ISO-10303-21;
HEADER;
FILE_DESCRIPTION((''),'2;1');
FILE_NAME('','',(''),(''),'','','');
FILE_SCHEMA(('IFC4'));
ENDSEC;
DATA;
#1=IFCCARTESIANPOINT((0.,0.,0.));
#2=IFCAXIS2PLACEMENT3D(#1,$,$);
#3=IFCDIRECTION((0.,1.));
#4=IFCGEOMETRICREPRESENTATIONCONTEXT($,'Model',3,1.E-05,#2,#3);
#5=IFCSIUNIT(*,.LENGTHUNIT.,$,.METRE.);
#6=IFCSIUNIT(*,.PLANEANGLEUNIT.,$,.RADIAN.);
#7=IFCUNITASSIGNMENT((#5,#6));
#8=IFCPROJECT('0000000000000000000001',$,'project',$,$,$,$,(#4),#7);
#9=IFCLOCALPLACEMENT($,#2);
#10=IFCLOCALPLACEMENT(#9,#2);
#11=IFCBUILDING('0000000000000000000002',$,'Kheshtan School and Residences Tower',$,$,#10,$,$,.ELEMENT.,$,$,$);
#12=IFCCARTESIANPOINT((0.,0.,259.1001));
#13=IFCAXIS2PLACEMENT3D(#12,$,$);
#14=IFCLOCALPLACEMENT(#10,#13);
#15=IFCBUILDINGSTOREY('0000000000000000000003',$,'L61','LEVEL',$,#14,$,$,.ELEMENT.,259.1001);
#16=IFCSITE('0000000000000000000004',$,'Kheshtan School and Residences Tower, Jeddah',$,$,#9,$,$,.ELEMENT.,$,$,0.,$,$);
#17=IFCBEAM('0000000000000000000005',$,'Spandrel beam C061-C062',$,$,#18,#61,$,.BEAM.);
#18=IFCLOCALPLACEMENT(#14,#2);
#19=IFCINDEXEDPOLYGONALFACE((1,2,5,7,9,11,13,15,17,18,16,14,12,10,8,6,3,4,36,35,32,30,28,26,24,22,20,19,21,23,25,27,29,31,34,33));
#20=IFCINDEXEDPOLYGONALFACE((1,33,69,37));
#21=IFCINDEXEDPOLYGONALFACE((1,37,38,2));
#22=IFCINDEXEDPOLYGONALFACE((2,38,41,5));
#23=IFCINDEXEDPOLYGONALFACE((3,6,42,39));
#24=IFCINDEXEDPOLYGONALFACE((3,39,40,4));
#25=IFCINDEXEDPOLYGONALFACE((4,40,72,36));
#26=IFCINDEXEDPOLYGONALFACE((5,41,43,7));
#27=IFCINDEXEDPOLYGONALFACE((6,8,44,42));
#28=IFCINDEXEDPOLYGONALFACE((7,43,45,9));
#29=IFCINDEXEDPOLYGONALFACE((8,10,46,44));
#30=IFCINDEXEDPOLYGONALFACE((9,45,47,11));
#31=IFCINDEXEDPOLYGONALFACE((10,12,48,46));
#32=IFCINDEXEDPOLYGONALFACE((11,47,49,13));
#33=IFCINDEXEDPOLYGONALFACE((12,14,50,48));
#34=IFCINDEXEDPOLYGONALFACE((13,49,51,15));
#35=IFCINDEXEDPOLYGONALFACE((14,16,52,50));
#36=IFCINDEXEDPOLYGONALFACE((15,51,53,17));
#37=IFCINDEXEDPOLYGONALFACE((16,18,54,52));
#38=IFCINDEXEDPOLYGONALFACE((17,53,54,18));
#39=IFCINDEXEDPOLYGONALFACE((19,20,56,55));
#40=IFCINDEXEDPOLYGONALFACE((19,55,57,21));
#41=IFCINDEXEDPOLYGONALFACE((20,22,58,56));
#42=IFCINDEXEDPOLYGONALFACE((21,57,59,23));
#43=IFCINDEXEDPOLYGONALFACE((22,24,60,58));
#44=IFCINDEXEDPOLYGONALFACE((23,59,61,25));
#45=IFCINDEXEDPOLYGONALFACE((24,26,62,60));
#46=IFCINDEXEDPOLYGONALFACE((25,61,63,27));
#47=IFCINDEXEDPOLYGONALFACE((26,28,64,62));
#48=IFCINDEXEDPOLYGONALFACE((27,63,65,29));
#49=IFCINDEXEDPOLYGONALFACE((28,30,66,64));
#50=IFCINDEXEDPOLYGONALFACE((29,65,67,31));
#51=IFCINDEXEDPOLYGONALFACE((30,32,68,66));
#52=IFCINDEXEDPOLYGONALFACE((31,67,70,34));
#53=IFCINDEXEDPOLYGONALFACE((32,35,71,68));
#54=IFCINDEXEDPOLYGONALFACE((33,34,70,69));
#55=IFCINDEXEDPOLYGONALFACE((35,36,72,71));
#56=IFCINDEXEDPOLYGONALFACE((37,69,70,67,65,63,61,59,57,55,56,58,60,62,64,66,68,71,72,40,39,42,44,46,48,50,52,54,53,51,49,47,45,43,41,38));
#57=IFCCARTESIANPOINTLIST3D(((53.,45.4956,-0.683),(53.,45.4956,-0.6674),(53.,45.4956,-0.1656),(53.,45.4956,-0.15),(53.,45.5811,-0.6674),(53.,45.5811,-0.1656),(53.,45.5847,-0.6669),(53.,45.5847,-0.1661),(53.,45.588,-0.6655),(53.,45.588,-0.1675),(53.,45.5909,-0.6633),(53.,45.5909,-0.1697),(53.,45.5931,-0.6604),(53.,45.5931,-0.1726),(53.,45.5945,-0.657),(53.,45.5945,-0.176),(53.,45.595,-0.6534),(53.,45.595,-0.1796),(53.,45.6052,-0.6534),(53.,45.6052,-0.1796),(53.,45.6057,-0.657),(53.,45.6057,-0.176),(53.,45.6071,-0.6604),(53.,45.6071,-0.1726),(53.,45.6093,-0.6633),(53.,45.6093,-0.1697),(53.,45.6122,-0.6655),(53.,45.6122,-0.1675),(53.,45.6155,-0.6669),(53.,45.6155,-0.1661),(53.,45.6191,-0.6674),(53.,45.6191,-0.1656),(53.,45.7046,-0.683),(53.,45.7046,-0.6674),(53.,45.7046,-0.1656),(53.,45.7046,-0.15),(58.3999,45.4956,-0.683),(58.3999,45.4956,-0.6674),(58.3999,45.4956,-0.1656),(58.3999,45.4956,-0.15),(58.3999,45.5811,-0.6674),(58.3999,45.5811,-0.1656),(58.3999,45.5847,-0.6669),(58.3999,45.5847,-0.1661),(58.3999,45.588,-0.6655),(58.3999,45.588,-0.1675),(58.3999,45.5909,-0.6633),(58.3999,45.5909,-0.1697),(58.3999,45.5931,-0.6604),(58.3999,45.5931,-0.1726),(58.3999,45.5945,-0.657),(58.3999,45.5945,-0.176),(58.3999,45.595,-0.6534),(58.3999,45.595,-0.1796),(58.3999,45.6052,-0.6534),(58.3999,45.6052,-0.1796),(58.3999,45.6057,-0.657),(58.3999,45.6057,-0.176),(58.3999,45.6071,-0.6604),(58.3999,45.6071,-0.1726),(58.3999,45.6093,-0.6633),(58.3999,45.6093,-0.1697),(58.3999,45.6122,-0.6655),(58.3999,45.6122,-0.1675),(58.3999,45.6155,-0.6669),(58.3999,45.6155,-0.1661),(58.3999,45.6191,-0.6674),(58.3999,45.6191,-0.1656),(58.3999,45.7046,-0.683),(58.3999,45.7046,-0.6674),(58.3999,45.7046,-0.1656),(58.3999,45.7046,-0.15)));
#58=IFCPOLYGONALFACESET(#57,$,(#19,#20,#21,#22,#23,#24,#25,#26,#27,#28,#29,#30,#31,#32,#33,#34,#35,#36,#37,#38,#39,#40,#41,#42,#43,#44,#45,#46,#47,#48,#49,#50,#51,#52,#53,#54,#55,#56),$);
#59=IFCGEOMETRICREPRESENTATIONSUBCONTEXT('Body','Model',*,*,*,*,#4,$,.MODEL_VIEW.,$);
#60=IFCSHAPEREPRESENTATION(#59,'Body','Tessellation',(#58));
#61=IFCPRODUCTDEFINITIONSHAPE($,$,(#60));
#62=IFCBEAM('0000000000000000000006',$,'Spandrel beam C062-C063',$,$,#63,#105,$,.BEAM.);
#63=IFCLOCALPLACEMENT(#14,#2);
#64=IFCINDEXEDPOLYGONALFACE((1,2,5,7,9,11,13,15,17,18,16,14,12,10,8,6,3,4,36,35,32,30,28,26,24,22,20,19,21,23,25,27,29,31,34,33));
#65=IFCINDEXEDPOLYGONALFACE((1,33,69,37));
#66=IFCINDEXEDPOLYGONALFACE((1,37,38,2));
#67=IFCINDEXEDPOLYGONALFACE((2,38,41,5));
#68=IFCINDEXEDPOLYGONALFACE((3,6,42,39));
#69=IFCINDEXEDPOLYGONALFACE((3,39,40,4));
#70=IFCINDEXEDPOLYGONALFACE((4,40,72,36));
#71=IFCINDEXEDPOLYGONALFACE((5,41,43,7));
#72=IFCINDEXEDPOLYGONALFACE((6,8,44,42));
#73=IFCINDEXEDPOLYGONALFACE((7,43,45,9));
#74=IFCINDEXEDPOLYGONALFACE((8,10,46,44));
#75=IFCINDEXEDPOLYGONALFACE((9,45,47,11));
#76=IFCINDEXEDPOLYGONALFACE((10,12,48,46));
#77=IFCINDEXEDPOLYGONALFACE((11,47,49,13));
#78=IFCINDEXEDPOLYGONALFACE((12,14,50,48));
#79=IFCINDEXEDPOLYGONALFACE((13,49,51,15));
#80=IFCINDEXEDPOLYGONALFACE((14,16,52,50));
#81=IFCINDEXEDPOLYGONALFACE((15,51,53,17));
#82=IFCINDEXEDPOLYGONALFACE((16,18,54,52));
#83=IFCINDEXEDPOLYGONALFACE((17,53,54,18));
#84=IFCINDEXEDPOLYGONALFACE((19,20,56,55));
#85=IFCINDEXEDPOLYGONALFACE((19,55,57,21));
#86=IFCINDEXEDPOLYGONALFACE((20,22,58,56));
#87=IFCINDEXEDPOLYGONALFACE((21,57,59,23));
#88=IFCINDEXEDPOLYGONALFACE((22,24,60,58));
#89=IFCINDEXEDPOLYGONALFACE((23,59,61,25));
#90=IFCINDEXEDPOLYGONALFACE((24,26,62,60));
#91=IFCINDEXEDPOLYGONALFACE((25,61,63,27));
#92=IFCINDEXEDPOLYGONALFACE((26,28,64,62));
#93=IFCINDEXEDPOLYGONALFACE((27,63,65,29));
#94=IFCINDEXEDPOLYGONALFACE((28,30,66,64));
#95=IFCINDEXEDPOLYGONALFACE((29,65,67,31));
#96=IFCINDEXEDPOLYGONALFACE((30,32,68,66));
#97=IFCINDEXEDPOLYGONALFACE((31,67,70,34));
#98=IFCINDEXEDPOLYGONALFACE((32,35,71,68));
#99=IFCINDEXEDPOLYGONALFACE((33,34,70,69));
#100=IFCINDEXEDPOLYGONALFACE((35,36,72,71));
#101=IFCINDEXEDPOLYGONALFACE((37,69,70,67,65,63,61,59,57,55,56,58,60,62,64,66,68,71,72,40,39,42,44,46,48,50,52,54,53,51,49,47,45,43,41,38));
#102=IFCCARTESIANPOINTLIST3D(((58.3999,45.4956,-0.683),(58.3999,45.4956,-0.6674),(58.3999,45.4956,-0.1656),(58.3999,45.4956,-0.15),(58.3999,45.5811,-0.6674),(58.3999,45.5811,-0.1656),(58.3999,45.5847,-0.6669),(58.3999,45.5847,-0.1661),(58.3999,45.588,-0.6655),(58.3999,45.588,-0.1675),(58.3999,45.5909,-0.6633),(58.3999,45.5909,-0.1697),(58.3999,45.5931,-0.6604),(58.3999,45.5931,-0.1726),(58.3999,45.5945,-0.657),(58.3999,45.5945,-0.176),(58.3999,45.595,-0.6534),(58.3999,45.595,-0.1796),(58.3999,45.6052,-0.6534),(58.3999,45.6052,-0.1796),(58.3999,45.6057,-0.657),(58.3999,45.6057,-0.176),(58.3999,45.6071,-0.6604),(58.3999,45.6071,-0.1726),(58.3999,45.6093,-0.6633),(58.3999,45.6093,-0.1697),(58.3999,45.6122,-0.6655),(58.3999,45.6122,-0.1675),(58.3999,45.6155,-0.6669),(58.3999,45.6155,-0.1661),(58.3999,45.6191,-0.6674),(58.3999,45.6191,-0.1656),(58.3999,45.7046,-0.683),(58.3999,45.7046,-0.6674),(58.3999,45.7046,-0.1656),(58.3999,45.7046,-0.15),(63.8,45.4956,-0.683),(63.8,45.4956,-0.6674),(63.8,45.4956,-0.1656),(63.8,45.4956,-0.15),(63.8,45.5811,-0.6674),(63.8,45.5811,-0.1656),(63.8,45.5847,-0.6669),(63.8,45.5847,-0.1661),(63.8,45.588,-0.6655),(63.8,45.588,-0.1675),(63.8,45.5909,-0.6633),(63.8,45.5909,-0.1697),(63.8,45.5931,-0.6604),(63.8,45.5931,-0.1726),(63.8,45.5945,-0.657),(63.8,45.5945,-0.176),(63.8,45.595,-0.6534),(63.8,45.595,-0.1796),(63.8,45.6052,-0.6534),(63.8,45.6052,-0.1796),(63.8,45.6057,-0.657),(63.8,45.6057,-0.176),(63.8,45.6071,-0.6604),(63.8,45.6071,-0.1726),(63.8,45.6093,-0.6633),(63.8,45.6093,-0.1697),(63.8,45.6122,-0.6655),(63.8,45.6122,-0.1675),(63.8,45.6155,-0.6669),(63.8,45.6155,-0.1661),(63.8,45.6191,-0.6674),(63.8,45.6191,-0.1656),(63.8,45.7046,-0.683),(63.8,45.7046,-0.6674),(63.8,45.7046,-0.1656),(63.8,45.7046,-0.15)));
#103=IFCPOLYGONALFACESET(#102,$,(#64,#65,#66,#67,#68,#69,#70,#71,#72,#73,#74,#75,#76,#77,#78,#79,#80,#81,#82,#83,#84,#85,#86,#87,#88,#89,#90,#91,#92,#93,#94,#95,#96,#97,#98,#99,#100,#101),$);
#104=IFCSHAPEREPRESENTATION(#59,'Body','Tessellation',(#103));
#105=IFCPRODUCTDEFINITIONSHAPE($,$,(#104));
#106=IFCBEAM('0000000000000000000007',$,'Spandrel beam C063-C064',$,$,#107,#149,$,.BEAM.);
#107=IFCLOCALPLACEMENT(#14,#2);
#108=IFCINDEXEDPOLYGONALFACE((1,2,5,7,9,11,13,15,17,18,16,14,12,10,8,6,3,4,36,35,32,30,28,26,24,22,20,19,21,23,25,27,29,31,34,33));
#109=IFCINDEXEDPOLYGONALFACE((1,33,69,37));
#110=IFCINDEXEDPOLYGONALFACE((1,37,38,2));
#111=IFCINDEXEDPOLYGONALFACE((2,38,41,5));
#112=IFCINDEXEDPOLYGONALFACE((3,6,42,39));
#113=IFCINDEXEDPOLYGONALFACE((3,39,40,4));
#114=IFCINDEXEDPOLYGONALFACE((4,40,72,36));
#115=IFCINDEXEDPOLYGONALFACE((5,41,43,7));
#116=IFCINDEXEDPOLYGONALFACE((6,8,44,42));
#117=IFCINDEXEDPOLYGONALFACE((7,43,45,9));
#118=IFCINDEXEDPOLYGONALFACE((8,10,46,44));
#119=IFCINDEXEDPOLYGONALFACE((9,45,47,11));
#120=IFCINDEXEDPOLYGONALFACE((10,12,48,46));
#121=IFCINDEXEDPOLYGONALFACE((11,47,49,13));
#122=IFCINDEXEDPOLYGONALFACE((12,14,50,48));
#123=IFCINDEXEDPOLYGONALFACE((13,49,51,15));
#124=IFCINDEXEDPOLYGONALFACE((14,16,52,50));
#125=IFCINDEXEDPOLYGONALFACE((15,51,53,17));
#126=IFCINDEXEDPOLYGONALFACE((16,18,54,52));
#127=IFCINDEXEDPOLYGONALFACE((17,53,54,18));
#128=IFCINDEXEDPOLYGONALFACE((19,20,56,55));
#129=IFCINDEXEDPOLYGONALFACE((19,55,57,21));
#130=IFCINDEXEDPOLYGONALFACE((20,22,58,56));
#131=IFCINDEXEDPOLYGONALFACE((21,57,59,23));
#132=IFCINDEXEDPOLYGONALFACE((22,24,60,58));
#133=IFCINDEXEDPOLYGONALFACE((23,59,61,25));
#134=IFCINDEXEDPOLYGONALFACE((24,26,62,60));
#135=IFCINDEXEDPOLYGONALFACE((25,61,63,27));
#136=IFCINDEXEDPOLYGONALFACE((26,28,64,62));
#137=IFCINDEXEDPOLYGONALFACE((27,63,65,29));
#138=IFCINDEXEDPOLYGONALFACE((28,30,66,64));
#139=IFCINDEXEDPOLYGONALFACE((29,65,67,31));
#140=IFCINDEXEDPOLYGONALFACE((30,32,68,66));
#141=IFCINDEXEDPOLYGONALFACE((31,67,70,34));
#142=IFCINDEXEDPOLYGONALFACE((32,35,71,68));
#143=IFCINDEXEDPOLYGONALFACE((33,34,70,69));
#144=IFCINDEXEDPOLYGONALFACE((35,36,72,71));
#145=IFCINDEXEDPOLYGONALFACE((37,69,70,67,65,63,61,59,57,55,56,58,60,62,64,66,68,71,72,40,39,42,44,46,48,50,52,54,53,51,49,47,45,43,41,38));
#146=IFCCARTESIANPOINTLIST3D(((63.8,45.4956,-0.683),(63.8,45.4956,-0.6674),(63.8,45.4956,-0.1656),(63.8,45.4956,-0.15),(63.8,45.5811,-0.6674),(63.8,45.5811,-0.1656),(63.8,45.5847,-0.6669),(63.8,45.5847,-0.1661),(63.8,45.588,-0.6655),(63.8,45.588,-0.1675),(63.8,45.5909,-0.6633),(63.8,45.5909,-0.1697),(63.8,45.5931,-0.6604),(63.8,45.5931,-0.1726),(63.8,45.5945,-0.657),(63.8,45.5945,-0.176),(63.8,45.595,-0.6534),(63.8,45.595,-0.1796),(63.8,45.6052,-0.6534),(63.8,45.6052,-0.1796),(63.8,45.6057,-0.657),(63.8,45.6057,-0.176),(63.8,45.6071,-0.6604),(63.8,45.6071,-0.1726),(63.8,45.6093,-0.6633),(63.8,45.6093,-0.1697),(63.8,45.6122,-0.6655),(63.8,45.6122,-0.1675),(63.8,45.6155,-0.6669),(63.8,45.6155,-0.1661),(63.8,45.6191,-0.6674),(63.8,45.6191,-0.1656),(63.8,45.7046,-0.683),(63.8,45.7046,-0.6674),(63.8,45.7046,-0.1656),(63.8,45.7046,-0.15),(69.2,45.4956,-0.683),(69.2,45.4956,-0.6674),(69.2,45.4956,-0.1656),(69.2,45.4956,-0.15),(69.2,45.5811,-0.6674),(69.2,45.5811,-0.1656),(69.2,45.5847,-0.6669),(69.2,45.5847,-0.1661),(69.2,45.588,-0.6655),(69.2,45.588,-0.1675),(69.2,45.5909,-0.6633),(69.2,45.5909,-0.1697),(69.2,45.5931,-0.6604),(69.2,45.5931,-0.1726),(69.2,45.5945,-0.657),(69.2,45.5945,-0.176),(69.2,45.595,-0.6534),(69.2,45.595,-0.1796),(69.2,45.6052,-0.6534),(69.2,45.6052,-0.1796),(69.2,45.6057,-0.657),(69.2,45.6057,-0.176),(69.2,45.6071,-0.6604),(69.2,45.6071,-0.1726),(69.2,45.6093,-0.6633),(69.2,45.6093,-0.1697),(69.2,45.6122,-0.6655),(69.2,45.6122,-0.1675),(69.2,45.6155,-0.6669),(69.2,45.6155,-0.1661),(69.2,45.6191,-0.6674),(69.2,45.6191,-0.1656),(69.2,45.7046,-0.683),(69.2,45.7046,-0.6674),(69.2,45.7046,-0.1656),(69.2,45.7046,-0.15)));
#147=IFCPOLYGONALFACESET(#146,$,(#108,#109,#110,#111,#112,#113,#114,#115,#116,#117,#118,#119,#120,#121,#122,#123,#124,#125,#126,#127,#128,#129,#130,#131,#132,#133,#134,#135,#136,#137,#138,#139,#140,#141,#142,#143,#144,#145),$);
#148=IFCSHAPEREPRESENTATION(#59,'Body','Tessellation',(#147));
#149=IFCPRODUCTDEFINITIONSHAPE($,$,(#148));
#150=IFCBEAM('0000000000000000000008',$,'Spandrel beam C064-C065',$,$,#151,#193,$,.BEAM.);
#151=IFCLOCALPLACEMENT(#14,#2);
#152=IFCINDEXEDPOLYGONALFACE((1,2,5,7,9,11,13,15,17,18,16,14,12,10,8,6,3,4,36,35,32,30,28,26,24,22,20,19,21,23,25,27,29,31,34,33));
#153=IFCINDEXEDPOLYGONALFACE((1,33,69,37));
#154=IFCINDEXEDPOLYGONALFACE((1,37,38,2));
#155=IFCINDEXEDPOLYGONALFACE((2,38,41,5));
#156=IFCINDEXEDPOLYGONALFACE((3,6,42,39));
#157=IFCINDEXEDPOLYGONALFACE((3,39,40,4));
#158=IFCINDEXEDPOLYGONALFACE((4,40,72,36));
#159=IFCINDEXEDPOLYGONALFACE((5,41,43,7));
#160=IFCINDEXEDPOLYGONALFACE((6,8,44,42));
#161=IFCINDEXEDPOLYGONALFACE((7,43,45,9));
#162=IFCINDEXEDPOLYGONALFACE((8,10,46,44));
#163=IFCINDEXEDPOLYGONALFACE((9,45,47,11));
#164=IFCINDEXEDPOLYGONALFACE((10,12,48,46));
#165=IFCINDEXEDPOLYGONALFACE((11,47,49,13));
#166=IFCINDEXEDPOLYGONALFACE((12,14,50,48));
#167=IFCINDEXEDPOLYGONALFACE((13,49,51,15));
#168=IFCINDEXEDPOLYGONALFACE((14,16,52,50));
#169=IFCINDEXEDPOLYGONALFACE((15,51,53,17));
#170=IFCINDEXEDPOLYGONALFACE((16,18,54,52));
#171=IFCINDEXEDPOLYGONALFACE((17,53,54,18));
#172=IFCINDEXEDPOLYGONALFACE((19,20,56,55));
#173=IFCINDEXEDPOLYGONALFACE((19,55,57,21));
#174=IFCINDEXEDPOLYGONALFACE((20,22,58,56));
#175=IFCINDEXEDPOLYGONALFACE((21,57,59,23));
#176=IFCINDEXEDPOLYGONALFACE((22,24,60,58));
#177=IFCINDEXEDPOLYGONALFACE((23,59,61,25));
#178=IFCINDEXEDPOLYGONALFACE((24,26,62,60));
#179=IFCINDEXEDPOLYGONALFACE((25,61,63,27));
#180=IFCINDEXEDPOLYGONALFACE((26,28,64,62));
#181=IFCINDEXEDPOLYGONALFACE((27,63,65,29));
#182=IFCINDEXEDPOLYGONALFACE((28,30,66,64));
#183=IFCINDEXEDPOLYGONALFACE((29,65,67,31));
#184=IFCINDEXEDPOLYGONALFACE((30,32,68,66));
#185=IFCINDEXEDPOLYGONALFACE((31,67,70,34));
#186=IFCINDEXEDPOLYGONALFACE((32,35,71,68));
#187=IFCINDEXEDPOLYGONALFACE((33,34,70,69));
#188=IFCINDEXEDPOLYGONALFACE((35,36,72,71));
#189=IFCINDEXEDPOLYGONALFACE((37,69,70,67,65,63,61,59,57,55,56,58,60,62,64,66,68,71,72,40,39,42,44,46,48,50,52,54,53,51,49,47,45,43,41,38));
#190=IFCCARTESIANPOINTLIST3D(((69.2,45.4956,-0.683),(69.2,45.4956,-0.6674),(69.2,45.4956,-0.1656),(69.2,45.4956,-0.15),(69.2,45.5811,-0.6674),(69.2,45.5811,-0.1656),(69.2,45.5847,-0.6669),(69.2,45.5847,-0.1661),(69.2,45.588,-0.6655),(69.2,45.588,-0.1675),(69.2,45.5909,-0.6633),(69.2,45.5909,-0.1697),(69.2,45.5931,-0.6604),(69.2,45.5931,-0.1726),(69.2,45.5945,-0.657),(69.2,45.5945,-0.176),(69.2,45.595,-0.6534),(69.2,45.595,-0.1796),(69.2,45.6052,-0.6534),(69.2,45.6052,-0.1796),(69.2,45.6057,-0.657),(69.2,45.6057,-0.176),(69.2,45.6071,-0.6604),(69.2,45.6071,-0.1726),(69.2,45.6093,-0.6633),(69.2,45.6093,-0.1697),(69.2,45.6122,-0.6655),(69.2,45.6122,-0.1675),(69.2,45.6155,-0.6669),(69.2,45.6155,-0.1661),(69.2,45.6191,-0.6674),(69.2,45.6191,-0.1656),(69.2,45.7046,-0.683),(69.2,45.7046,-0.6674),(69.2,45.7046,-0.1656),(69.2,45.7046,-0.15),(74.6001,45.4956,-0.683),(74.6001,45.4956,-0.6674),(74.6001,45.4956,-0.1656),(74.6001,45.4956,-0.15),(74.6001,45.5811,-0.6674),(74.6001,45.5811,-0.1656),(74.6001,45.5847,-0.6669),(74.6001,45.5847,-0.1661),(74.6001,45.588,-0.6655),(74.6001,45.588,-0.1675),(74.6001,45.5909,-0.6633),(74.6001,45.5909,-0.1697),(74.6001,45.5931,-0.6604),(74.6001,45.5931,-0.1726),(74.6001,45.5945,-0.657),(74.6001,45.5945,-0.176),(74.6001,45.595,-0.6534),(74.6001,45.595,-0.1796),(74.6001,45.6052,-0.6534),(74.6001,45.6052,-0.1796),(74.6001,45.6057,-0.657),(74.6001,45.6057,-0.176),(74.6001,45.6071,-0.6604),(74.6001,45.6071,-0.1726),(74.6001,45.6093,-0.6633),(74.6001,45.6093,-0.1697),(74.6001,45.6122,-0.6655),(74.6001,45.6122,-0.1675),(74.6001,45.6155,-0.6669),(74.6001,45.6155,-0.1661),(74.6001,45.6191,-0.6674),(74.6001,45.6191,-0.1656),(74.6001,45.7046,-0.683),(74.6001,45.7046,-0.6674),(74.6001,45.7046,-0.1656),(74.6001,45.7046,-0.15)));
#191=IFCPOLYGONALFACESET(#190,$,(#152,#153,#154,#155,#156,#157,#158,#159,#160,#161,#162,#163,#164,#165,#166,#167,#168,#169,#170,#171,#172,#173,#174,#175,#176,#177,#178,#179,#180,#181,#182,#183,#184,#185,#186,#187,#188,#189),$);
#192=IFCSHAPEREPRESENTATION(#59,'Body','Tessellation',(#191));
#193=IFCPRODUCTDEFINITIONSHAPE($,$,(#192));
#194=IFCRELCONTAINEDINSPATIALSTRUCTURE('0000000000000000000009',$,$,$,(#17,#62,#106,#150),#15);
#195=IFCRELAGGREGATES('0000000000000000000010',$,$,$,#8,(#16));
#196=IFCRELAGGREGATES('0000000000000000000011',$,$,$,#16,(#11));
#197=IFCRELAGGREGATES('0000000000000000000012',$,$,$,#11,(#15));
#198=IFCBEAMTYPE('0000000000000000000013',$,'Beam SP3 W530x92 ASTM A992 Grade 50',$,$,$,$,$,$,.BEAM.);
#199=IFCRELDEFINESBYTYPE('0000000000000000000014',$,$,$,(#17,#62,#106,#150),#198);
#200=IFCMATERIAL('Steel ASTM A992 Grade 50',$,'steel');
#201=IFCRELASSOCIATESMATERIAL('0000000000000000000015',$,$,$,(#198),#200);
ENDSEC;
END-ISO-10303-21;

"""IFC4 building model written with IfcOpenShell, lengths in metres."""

from ifc_helpers import new_model, si_unit, direction, frame, origin, origin_2d, place, context, subcontext, project, spatial, i_section, extrude, material, material_profile, profile_set, type_object, element, save


model = new_model("IFC4")

# Units and contexts
model_context = context("Model", 3, precision=1e-05, world=origin(), true_north=direction((0.0, 1.0)))
body_context = subcontext(model_context, "Body", "Model", "MODEL_VIEW")
ifc_project = project(units=[si_unit("LENGTHUNIT", "METRE"), si_unit("PLANEANGLEUNIT", "RADIAN")], contexts=[model_context])

# Site, building, storey
site_placement = place(None, origin())
site = spatial("IfcSite", under=ifc_project, at=site_placement, Name="Kheshtan School and Residences Tower, Jeddah", CompositionType="ELEMENT", RefElevation=0.0)
building_placement = place(site_placement, origin())
building = spatial("IfcBuilding", under=site, at=building_placement, Name="Kheshtan School and Residences Tower", CompositionType="ELEMENT")
storey_placement = place(building_placement, frame((0.0, 0.0, 259.1001)))
storey = spatial("IfcBuildingStorey", under=building, at=storey_placement, Name="L61", Description="LEVEL", CompositionType="ELEMENT", Elevation=259.1001)

# Shared definitions
ifc_material_1 = material(Name="Steel ASTM A992 Grade 50", Category="steel")

# Beams
ifc_material_profile_1 = material_profile(ifc_material_1, i_section(OverallWidth=0.209, OverallDepth=0.533, WebThickness=0.0103, FlangeThickness=0.0156, FilletRadius=0.0139, at=origin_2d()), Name="W530x92")
ifc_profile_set_1 = profile_set([ifc_material_profile_1], Name="Steel ASTM A992 Grade 50")
beam_type_1 = type_object("IfcBeamType", Name="Beam SP3 W530x92 ASTM A992 Grade 50", PredefinedType="BEAM", material=ifc_profile_set_1)
beam_1_placement = place(storey_placement, frame((53.0, 45.6001, -0.4165), z_axis=(1.0, 0.0, 0.0), x_axis=(0.0, 1.0, 0.0)))
element("IfcBeam", 1, at=beam_1_placement, inside=storey, type_object=beam_type_1, Name="Spandrel beam C061-C062", PredefinedType="BEAM", context=body_context, shape_type="SweptSolid", body=[
    extrude(i_section(OverallWidth=0.209, OverallDepth=0.533, WebThickness=0.0103, FlangeThickness=0.0156, FilletRadius=0.0139, at=origin_2d()), origin(), (0.0, 0.0, 1.0), 5.3999),
])
beam_2_placement = place(storey_placement, frame((58.3999, 45.6001, -0.4165), z_axis=(1.0, 0.0, 0.0), x_axis=(0.0, 1.0, 0.0)))
element("IfcBeam", 2, at=beam_2_placement, inside=storey, type_object=beam_type_1, Name="Spandrel beam C062-C063", PredefinedType="BEAM", context=body_context, shape_type="SweptSolid", body=[
    extrude(i_section(OverallWidth=0.209, OverallDepth=0.533, WebThickness=0.0103, FlangeThickness=0.0156, FilletRadius=0.0139, at=origin_2d()), origin(), (0.0, 0.0, 1.0), 5.4001),
])
beam_3_placement = place(storey_placement, frame((63.8, 45.6001, -0.4165), z_axis=(1.0, 0.0, 0.0), x_axis=(0.0, 1.0, 0.0)))
element("IfcBeam", 3, at=beam_3_placement, inside=storey, type_object=beam_type_1, Name="Spandrel beam C063-C064", PredefinedType="BEAM", context=body_context, shape_type="SweptSolid", body=[
    extrude(i_section(OverallWidth=0.209, OverallDepth=0.533, WebThickness=0.0103, FlangeThickness=0.0156, FilletRadius=0.0139, at=origin_2d()), origin(), (0.0, 0.0, 1.0), 5.3999),
])
beam_4_placement = place(storey_placement, frame((69.2, 45.6001, -0.4165), z_axis=(1.0, 0.0, 0.0), x_axis=(0.0, 1.0, 0.0)))
element("IfcBeam", 4, at=beam_4_placement, inside=storey, type_object=beam_type_1, Name="Spandrel beam C064-C065", PredefinedType="BEAM", context=body_context, shape_type="SweptSolid", body=[
    extrude(i_section(OverallWidth=0.209, OverallDepth=0.533, WebThickness=0.0103, FlangeThickness=0.0156, FilletRadius=0.0139, at=origin_2d()), origin(), (0.0, 0.0, 1.0), 5.4001),
])

save(model, "model.ifc")
